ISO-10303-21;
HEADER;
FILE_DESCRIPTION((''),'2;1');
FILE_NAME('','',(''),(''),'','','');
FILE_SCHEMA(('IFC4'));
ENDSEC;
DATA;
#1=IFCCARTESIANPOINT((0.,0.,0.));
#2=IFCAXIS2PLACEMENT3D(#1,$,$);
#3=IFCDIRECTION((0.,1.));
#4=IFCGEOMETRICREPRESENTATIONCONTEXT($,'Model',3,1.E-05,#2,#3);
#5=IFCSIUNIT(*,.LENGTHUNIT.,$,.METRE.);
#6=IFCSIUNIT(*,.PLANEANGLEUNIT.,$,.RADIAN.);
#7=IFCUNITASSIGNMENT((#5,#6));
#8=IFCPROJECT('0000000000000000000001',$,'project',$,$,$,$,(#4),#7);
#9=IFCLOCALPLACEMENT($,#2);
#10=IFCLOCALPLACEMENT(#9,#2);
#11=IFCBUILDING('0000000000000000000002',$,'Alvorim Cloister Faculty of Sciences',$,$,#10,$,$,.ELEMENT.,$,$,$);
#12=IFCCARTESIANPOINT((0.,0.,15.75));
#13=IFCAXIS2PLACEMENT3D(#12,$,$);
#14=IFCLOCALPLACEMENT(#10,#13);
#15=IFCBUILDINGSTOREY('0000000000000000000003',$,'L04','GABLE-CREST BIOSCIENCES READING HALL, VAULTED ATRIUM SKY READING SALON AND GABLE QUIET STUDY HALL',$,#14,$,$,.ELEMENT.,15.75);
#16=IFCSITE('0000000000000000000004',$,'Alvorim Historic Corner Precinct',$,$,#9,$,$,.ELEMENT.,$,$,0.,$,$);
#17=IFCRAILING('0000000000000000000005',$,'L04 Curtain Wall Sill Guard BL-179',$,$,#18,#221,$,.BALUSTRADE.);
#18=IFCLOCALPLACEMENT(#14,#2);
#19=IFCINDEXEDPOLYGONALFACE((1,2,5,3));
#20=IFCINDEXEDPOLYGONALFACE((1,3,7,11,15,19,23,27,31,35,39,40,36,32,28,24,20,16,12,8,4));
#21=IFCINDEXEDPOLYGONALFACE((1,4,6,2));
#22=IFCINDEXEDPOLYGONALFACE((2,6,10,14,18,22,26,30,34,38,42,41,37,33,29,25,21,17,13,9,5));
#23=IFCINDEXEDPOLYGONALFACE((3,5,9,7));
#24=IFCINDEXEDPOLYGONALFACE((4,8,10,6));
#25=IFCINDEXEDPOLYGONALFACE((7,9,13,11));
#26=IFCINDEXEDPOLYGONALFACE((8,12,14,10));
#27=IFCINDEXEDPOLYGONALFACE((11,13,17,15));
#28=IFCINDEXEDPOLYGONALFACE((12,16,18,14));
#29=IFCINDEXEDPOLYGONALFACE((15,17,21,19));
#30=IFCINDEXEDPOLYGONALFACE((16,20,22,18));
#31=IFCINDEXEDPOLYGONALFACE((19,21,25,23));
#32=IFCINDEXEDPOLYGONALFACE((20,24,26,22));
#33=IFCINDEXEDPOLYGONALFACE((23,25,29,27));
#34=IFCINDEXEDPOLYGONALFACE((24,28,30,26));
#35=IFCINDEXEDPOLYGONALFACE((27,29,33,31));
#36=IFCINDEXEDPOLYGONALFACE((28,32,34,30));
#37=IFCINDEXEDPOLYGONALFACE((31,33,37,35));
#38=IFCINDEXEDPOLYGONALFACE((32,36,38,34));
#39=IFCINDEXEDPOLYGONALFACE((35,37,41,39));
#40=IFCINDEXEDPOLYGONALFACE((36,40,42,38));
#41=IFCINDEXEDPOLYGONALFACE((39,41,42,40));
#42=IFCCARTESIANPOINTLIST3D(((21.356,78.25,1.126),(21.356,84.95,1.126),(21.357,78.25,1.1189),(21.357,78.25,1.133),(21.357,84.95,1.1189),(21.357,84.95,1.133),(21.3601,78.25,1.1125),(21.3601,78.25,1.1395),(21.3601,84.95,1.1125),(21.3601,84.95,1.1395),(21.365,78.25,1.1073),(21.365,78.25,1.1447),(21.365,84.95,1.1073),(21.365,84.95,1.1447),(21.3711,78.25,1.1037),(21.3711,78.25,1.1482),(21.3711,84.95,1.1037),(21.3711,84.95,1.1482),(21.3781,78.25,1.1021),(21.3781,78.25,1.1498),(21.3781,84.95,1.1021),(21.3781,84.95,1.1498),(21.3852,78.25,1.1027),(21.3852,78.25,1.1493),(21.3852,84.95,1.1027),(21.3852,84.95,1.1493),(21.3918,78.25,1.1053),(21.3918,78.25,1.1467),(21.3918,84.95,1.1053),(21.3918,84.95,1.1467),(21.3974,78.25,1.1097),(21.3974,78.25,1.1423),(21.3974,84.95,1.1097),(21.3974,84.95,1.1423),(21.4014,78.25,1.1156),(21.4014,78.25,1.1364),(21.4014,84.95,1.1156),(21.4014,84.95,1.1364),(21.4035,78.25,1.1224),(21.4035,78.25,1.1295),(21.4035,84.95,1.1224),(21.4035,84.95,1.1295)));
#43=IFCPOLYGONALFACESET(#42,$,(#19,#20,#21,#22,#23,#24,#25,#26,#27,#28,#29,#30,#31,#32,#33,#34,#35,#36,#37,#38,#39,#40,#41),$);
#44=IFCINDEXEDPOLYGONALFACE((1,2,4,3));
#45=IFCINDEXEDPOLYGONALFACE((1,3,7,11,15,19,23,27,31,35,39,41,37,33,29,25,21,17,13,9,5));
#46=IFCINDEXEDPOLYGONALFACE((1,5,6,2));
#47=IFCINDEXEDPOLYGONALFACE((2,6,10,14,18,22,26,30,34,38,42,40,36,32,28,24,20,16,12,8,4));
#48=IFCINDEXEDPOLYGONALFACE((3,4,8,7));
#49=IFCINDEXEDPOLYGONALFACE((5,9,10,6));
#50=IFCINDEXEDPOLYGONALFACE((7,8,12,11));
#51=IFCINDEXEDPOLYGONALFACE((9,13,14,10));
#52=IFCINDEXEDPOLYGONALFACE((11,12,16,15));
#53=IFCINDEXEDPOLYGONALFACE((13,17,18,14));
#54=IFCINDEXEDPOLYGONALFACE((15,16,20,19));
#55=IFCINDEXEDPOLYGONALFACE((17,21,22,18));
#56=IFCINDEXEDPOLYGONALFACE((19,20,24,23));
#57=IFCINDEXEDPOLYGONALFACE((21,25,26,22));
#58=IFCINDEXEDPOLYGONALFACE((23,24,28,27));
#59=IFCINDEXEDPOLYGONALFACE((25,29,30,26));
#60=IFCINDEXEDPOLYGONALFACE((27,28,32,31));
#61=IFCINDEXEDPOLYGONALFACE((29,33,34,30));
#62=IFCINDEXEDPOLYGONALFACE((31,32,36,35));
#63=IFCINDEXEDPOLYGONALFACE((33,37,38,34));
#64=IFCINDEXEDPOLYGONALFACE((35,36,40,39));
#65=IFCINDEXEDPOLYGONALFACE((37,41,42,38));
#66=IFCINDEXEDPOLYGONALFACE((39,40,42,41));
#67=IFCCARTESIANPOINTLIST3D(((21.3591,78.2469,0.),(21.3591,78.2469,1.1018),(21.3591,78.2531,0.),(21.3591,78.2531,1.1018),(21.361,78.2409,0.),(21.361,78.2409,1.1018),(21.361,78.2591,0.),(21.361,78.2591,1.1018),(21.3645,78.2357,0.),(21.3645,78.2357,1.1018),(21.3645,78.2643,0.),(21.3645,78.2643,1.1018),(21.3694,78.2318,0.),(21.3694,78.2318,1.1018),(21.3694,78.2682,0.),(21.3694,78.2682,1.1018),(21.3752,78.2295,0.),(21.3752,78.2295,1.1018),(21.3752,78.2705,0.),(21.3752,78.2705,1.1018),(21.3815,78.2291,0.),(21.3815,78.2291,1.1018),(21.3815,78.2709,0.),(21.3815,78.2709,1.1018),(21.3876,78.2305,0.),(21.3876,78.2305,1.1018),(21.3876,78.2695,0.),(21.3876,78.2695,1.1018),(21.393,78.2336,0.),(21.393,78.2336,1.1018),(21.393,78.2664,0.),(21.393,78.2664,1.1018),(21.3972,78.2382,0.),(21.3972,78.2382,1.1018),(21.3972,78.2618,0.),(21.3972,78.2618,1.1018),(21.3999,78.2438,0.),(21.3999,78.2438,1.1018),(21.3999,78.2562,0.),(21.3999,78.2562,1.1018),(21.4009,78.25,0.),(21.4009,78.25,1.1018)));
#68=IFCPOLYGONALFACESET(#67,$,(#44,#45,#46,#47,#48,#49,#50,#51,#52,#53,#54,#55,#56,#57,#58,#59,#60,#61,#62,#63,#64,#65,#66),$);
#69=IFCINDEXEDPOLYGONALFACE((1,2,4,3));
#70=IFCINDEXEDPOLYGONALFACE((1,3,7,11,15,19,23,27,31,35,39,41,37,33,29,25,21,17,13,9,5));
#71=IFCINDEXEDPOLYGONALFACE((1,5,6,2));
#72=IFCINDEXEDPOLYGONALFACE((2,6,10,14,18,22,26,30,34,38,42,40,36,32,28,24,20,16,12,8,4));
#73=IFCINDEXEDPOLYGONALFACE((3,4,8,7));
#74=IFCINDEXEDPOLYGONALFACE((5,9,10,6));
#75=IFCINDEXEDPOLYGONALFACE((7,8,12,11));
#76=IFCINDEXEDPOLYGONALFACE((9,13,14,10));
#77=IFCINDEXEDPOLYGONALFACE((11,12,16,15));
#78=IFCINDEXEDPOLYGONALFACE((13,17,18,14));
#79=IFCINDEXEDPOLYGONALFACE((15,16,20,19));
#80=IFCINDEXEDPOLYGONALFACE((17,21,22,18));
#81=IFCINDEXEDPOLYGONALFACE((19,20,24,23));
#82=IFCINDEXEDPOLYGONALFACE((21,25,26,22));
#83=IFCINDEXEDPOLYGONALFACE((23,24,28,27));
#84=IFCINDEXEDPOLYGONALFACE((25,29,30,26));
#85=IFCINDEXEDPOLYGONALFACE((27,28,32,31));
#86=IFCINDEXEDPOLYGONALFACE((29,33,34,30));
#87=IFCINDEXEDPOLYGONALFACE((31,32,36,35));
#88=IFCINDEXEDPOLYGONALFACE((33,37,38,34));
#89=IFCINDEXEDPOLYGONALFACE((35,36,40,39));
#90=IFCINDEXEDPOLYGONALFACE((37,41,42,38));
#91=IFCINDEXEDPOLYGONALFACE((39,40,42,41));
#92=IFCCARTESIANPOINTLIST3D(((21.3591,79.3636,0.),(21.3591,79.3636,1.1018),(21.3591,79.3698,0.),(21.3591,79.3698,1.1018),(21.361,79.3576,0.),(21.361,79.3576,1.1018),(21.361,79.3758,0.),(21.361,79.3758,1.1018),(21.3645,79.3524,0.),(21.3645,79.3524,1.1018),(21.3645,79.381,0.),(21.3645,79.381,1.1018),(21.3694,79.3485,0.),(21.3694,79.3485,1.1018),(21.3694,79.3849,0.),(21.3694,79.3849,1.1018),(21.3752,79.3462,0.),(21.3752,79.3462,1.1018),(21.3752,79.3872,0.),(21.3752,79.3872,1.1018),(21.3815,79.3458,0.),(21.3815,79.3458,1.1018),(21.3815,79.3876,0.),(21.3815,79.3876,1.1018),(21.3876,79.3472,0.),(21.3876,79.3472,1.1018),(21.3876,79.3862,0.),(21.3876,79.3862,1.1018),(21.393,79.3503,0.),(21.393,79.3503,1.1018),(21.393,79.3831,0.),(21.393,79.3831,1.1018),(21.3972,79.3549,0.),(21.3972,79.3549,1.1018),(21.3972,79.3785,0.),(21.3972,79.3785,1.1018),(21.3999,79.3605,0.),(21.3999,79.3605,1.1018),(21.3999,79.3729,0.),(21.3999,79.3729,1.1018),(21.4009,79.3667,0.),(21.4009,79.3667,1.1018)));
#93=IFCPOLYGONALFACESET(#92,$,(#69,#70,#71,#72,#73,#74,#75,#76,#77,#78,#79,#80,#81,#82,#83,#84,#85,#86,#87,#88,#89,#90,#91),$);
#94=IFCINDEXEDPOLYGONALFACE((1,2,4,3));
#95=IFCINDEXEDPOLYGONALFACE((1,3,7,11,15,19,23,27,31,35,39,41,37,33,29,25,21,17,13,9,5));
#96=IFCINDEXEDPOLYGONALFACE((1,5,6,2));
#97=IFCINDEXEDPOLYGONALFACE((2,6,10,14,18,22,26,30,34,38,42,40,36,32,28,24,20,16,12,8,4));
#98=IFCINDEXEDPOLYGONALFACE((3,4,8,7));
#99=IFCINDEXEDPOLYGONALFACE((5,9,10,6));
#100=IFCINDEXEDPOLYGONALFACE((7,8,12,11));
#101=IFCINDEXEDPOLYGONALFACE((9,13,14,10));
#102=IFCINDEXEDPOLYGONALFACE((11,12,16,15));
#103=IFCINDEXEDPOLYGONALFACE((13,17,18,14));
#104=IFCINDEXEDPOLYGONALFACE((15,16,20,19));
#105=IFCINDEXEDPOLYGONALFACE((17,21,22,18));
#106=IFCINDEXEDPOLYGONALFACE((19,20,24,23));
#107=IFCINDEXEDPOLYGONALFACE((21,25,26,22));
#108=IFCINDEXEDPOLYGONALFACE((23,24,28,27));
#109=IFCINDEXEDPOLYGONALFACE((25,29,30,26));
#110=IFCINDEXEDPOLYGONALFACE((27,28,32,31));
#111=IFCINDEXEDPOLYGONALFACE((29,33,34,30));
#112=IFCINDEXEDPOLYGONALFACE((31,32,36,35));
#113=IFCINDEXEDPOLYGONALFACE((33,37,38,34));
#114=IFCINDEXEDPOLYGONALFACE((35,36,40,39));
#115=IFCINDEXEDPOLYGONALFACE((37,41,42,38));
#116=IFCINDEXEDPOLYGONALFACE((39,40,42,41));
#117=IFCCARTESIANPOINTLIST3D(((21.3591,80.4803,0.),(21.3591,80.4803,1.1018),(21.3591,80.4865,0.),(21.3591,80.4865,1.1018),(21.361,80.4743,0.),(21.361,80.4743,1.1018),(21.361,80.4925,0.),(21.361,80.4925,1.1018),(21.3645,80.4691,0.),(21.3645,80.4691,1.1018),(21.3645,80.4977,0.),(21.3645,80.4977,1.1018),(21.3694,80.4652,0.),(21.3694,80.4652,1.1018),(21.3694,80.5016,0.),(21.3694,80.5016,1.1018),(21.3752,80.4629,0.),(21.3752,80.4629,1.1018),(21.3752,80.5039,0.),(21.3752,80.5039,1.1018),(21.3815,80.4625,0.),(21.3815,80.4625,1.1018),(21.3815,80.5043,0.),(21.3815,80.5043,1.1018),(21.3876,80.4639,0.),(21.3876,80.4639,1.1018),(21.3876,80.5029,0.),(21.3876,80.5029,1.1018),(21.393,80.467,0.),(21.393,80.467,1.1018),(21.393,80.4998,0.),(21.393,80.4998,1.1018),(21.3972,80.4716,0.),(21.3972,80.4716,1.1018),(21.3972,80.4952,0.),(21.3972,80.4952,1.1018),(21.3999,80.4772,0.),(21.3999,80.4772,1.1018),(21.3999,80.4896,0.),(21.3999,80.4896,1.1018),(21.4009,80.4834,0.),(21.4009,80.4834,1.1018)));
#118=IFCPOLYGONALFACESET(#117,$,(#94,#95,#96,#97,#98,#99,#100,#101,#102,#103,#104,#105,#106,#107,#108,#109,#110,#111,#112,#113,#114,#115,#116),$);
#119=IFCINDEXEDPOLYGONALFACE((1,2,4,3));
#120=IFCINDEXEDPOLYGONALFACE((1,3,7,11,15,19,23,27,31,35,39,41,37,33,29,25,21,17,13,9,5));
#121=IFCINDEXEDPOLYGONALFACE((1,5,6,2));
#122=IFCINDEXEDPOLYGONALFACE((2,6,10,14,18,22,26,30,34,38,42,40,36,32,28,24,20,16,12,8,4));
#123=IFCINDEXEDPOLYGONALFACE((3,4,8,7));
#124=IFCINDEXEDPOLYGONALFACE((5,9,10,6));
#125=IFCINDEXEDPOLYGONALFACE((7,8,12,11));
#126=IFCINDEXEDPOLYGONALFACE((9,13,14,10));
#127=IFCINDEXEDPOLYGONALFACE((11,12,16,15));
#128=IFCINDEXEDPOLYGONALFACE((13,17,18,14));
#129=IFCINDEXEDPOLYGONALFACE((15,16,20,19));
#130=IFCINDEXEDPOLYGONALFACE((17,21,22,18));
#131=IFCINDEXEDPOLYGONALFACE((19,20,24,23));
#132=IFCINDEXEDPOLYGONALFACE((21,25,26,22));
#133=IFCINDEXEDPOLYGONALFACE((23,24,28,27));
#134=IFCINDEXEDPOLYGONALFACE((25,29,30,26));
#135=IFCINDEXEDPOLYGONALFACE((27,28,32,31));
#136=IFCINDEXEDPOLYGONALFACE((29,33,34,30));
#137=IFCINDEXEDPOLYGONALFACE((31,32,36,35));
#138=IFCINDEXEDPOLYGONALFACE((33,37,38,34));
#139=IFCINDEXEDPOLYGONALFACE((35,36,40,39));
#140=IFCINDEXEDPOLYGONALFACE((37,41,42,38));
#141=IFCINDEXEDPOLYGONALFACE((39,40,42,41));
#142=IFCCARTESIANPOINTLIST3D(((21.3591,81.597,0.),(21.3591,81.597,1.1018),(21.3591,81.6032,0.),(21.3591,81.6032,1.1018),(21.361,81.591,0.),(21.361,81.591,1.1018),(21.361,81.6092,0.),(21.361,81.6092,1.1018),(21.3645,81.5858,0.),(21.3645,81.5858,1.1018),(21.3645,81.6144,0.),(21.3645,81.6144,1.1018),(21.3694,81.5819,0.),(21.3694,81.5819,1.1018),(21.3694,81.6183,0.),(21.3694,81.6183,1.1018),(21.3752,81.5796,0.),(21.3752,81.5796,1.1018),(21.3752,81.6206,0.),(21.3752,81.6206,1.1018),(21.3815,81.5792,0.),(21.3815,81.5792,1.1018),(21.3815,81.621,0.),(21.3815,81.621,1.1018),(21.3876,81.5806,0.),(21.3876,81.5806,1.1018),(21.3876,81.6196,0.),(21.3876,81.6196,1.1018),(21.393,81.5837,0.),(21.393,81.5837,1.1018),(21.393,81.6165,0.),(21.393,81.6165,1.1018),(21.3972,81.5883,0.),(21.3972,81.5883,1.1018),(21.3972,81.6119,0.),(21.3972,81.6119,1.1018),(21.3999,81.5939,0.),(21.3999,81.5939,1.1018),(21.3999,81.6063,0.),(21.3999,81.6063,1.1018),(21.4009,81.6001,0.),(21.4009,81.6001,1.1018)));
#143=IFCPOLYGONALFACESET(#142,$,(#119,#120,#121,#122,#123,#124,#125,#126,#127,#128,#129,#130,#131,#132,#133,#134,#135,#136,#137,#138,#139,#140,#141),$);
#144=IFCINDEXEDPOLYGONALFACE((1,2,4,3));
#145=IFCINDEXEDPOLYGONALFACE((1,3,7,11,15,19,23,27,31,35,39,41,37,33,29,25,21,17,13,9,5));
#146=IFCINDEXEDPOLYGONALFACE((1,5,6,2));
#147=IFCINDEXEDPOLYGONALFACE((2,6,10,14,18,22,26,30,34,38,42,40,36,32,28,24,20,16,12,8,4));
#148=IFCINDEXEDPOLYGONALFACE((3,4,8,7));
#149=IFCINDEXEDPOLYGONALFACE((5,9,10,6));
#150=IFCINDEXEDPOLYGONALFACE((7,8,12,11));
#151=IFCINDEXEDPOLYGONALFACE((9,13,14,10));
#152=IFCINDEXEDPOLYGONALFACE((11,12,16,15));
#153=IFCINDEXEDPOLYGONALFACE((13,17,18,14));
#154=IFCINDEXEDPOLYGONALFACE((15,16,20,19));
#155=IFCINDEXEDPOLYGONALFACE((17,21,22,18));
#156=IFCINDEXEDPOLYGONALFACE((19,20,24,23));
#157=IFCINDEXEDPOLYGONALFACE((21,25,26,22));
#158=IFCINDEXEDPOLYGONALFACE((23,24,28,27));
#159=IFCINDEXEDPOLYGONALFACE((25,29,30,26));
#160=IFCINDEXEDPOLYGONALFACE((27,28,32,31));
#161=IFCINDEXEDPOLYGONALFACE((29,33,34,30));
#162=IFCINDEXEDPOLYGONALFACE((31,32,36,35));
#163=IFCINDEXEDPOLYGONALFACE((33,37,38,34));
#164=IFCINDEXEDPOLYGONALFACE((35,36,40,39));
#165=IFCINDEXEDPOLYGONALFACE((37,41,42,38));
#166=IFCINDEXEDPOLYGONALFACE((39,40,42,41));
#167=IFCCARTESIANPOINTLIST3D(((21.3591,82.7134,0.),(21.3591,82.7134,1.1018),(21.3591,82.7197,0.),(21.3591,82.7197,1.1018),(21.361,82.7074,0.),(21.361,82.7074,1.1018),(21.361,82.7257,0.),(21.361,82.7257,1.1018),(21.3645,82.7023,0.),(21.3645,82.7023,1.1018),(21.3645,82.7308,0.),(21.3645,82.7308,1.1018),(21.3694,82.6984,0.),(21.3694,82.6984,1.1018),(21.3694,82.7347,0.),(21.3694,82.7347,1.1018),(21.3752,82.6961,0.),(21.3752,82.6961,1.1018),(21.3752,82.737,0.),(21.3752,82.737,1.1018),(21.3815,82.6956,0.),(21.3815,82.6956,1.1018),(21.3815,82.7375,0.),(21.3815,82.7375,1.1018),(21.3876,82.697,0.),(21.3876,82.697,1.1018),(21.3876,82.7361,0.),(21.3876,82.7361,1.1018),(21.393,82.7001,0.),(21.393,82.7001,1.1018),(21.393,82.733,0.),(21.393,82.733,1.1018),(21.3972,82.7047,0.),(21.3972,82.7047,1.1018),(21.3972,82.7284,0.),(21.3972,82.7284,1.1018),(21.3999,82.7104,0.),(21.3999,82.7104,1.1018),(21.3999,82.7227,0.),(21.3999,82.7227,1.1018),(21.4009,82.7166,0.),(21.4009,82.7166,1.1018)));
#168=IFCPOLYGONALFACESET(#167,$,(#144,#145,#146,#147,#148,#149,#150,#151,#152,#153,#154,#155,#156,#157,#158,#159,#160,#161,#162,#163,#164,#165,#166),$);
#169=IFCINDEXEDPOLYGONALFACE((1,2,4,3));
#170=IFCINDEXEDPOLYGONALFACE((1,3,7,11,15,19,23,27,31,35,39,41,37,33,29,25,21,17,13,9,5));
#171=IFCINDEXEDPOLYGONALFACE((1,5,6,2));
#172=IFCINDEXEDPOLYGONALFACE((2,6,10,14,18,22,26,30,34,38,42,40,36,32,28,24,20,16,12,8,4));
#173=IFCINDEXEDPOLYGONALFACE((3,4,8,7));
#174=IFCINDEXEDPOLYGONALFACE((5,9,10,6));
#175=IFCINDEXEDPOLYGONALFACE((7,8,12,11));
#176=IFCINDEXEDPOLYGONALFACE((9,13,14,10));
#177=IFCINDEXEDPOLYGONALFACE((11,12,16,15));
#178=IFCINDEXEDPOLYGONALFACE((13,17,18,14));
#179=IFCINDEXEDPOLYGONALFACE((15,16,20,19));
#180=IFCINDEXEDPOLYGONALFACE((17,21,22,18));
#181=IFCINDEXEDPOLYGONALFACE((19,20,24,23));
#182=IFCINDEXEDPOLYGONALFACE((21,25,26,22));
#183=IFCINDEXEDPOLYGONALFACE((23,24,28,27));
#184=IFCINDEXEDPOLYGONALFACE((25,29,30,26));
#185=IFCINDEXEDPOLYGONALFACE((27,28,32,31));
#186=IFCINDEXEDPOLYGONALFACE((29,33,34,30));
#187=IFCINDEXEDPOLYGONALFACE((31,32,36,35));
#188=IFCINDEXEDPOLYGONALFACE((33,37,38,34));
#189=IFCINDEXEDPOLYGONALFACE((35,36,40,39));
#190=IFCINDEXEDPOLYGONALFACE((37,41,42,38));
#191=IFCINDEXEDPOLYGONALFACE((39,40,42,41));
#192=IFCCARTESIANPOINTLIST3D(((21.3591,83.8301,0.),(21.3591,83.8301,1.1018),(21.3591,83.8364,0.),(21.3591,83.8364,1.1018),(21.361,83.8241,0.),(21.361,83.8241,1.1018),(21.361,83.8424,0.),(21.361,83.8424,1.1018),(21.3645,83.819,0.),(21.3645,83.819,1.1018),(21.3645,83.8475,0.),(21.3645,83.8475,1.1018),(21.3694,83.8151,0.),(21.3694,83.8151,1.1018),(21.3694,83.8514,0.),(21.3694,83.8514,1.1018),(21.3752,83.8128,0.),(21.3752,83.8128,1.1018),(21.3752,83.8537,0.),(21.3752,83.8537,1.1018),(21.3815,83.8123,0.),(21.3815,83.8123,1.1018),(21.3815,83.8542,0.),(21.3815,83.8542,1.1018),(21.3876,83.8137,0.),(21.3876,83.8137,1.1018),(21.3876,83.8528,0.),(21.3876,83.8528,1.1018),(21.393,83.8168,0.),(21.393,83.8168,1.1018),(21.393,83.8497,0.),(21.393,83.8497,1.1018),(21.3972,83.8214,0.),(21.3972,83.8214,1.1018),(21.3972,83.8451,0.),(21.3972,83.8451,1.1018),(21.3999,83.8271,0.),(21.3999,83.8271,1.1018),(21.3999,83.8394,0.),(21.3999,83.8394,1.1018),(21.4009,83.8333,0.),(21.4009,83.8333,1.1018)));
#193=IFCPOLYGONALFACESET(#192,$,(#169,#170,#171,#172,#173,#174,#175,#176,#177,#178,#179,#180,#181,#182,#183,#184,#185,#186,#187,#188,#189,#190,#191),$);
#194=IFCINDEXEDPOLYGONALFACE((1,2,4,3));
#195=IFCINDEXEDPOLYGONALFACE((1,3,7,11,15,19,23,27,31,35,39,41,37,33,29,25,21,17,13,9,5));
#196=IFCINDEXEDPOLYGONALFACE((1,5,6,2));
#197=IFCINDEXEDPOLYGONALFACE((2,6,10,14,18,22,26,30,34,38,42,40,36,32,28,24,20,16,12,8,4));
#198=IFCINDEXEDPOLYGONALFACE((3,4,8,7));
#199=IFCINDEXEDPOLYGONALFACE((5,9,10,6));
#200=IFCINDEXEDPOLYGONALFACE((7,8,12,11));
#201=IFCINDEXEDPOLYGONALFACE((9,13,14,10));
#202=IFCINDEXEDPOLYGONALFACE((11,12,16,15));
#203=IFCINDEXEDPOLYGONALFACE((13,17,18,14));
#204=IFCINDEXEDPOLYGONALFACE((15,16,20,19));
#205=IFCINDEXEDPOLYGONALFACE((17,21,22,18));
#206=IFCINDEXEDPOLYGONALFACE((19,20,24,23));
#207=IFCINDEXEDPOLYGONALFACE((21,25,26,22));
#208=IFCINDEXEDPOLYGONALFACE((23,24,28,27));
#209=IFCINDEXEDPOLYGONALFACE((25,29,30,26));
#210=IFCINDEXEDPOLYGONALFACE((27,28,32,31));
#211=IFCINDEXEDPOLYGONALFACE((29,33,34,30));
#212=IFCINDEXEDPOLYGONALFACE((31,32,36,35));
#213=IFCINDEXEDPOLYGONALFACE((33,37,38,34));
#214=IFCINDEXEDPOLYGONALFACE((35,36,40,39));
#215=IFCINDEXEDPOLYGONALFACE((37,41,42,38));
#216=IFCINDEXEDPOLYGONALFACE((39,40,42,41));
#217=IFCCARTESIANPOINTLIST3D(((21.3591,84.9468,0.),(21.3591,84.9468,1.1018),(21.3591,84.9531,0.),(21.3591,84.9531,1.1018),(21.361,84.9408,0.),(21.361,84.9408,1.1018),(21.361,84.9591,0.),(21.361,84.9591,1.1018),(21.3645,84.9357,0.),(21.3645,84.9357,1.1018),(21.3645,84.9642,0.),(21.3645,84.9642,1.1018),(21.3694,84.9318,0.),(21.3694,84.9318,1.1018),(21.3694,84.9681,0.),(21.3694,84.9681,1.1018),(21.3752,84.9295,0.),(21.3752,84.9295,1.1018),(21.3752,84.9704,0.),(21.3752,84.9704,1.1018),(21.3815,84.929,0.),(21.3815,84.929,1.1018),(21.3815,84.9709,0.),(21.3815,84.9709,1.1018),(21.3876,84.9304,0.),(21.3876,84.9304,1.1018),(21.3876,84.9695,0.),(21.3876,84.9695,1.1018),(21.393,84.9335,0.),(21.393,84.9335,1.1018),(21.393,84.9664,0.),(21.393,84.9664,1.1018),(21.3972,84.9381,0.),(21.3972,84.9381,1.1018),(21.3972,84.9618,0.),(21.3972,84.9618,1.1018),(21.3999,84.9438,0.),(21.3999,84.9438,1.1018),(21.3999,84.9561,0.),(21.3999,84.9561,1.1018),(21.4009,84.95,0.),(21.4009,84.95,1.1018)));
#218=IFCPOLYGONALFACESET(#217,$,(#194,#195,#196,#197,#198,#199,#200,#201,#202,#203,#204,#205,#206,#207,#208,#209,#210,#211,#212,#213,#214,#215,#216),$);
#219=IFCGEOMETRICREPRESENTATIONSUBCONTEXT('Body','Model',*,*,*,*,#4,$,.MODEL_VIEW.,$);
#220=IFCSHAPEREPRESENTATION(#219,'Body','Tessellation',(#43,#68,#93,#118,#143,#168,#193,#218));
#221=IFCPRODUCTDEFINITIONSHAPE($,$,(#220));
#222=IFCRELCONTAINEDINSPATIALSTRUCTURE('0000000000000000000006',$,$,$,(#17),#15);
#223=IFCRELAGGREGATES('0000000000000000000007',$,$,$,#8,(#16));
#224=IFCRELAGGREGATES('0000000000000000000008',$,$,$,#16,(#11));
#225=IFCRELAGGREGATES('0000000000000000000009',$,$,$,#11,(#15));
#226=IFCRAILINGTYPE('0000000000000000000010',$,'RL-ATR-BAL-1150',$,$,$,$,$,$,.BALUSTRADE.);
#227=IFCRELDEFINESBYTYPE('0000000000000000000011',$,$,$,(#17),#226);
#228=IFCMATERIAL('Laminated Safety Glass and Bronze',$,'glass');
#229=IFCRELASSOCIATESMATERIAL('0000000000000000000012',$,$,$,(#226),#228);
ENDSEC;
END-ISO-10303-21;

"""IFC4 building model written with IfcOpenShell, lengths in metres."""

from ifc_helpers import new_model, si_unit, direction, frame, origin, origin_2d, place, context, subcontext, project, spatial, circle, extrude, material, type_object, element, save


model = new_model("IFC4")

# Units and contexts
model_context = context("Model", 3, precision=1e-05, world=origin(), true_north=direction((0.0, 1.0)))
body_context = subcontext(model_context, "Body", "Model", "MODEL_VIEW")
ifc_project = project(units=[si_unit("LENGTHUNIT", "METRE"), si_unit("PLANEANGLEUNIT", "RADIAN")], contexts=[model_context])

# Site, building, storey
site_placement = place(None, origin())
site = spatial("IfcSite", under=ifc_project, at=site_placement, Name="Alvorim Historic Corner Precinct", CompositionType="ELEMENT", RefElevation=0.0)
building_placement = place(site_placement, origin())
building = spatial("IfcBuilding", under=site, at=building_placement, Name="Alvorim Cloister Faculty of Sciences", CompositionType="ELEMENT")
storey_placement = place(building_placement, frame((0.0, 0.0, 15.75)))
storey = spatial("IfcBuildingStorey", under=building, at=storey_placement, Name="L04", Description="GABLE-CREST BIOSCIENCES READING HALL, VAULTED ATRIUM SKY READING SALON AND GABLE QUIET STUDY HALL", CompositionType="ELEMENT", Elevation=15.75)

# Railing
ifc_material_1 = material(Name="Laminated Safety Glass and Bronze", Category="glass")
railing_type_1 = type_object("IfcRailingType", Name="RL-ATR-BAL-1150", PredefinedType="BALUSTRADE", material=ifc_material_1)
railing_1_placement = place(storey_placement, frame((21.3799, 78.25, 0.0)))
element("IfcRailing", 1, at=railing_1_placement, inside=storey, type_object=railing_type_1, Name="L04 Curtain Wall Sill Guard BL-179", PredefinedType="BALUSTRADE", context=body_context, shape_type="SweptSolid", body=[
    extrude(circle(Radius=0.0239, at=origin_2d()), frame((0.0, 0.0, 1.126), z_axis=(0.0, 1.0, 0.0), x_axis=(-1.0, 0.0, 0.0)), (0.0, 0.0, 1.0), 6.7),
    extrude(circle(Radius=0.021, at=origin_2d()), origin(), (0.0, 0.0, 1.0), 1.1018),
    extrude(circle(Radius=0.021, at=origin_2d()), frame((0.0, 1.1167, 0.0)), (0.0, 0.0, 1.0), 1.1018),
    extrude(circle(Radius=0.021, at=origin_2d()), frame((0.0, 2.2334, 0.0)), (0.0, 0.0, 1.0), 1.1018),
    extrude(circle(Radius=0.021, at=origin_2d()), frame((0.0, 3.3501, 0.0)), (0.0, 0.0, 1.0), 1.1018),
    extrude(circle(Radius=0.021, at=origin_2d()), frame((0.0, 4.4666, 0.0)), (0.0, 0.0, 1.0), 1.1018),
    extrude(circle(Radius=0.021, at=origin_2d()), frame((0.0, 5.5833, 0.0)), (0.0, 0.0, 1.0), 1.1018),
    extrude(circle(Radius=0.021, at=origin_2d()), frame((0.0, 6.7, 0.0)), (0.0, 0.0, 1.0), 1.1018),
])

save(model, "model.ifc")
